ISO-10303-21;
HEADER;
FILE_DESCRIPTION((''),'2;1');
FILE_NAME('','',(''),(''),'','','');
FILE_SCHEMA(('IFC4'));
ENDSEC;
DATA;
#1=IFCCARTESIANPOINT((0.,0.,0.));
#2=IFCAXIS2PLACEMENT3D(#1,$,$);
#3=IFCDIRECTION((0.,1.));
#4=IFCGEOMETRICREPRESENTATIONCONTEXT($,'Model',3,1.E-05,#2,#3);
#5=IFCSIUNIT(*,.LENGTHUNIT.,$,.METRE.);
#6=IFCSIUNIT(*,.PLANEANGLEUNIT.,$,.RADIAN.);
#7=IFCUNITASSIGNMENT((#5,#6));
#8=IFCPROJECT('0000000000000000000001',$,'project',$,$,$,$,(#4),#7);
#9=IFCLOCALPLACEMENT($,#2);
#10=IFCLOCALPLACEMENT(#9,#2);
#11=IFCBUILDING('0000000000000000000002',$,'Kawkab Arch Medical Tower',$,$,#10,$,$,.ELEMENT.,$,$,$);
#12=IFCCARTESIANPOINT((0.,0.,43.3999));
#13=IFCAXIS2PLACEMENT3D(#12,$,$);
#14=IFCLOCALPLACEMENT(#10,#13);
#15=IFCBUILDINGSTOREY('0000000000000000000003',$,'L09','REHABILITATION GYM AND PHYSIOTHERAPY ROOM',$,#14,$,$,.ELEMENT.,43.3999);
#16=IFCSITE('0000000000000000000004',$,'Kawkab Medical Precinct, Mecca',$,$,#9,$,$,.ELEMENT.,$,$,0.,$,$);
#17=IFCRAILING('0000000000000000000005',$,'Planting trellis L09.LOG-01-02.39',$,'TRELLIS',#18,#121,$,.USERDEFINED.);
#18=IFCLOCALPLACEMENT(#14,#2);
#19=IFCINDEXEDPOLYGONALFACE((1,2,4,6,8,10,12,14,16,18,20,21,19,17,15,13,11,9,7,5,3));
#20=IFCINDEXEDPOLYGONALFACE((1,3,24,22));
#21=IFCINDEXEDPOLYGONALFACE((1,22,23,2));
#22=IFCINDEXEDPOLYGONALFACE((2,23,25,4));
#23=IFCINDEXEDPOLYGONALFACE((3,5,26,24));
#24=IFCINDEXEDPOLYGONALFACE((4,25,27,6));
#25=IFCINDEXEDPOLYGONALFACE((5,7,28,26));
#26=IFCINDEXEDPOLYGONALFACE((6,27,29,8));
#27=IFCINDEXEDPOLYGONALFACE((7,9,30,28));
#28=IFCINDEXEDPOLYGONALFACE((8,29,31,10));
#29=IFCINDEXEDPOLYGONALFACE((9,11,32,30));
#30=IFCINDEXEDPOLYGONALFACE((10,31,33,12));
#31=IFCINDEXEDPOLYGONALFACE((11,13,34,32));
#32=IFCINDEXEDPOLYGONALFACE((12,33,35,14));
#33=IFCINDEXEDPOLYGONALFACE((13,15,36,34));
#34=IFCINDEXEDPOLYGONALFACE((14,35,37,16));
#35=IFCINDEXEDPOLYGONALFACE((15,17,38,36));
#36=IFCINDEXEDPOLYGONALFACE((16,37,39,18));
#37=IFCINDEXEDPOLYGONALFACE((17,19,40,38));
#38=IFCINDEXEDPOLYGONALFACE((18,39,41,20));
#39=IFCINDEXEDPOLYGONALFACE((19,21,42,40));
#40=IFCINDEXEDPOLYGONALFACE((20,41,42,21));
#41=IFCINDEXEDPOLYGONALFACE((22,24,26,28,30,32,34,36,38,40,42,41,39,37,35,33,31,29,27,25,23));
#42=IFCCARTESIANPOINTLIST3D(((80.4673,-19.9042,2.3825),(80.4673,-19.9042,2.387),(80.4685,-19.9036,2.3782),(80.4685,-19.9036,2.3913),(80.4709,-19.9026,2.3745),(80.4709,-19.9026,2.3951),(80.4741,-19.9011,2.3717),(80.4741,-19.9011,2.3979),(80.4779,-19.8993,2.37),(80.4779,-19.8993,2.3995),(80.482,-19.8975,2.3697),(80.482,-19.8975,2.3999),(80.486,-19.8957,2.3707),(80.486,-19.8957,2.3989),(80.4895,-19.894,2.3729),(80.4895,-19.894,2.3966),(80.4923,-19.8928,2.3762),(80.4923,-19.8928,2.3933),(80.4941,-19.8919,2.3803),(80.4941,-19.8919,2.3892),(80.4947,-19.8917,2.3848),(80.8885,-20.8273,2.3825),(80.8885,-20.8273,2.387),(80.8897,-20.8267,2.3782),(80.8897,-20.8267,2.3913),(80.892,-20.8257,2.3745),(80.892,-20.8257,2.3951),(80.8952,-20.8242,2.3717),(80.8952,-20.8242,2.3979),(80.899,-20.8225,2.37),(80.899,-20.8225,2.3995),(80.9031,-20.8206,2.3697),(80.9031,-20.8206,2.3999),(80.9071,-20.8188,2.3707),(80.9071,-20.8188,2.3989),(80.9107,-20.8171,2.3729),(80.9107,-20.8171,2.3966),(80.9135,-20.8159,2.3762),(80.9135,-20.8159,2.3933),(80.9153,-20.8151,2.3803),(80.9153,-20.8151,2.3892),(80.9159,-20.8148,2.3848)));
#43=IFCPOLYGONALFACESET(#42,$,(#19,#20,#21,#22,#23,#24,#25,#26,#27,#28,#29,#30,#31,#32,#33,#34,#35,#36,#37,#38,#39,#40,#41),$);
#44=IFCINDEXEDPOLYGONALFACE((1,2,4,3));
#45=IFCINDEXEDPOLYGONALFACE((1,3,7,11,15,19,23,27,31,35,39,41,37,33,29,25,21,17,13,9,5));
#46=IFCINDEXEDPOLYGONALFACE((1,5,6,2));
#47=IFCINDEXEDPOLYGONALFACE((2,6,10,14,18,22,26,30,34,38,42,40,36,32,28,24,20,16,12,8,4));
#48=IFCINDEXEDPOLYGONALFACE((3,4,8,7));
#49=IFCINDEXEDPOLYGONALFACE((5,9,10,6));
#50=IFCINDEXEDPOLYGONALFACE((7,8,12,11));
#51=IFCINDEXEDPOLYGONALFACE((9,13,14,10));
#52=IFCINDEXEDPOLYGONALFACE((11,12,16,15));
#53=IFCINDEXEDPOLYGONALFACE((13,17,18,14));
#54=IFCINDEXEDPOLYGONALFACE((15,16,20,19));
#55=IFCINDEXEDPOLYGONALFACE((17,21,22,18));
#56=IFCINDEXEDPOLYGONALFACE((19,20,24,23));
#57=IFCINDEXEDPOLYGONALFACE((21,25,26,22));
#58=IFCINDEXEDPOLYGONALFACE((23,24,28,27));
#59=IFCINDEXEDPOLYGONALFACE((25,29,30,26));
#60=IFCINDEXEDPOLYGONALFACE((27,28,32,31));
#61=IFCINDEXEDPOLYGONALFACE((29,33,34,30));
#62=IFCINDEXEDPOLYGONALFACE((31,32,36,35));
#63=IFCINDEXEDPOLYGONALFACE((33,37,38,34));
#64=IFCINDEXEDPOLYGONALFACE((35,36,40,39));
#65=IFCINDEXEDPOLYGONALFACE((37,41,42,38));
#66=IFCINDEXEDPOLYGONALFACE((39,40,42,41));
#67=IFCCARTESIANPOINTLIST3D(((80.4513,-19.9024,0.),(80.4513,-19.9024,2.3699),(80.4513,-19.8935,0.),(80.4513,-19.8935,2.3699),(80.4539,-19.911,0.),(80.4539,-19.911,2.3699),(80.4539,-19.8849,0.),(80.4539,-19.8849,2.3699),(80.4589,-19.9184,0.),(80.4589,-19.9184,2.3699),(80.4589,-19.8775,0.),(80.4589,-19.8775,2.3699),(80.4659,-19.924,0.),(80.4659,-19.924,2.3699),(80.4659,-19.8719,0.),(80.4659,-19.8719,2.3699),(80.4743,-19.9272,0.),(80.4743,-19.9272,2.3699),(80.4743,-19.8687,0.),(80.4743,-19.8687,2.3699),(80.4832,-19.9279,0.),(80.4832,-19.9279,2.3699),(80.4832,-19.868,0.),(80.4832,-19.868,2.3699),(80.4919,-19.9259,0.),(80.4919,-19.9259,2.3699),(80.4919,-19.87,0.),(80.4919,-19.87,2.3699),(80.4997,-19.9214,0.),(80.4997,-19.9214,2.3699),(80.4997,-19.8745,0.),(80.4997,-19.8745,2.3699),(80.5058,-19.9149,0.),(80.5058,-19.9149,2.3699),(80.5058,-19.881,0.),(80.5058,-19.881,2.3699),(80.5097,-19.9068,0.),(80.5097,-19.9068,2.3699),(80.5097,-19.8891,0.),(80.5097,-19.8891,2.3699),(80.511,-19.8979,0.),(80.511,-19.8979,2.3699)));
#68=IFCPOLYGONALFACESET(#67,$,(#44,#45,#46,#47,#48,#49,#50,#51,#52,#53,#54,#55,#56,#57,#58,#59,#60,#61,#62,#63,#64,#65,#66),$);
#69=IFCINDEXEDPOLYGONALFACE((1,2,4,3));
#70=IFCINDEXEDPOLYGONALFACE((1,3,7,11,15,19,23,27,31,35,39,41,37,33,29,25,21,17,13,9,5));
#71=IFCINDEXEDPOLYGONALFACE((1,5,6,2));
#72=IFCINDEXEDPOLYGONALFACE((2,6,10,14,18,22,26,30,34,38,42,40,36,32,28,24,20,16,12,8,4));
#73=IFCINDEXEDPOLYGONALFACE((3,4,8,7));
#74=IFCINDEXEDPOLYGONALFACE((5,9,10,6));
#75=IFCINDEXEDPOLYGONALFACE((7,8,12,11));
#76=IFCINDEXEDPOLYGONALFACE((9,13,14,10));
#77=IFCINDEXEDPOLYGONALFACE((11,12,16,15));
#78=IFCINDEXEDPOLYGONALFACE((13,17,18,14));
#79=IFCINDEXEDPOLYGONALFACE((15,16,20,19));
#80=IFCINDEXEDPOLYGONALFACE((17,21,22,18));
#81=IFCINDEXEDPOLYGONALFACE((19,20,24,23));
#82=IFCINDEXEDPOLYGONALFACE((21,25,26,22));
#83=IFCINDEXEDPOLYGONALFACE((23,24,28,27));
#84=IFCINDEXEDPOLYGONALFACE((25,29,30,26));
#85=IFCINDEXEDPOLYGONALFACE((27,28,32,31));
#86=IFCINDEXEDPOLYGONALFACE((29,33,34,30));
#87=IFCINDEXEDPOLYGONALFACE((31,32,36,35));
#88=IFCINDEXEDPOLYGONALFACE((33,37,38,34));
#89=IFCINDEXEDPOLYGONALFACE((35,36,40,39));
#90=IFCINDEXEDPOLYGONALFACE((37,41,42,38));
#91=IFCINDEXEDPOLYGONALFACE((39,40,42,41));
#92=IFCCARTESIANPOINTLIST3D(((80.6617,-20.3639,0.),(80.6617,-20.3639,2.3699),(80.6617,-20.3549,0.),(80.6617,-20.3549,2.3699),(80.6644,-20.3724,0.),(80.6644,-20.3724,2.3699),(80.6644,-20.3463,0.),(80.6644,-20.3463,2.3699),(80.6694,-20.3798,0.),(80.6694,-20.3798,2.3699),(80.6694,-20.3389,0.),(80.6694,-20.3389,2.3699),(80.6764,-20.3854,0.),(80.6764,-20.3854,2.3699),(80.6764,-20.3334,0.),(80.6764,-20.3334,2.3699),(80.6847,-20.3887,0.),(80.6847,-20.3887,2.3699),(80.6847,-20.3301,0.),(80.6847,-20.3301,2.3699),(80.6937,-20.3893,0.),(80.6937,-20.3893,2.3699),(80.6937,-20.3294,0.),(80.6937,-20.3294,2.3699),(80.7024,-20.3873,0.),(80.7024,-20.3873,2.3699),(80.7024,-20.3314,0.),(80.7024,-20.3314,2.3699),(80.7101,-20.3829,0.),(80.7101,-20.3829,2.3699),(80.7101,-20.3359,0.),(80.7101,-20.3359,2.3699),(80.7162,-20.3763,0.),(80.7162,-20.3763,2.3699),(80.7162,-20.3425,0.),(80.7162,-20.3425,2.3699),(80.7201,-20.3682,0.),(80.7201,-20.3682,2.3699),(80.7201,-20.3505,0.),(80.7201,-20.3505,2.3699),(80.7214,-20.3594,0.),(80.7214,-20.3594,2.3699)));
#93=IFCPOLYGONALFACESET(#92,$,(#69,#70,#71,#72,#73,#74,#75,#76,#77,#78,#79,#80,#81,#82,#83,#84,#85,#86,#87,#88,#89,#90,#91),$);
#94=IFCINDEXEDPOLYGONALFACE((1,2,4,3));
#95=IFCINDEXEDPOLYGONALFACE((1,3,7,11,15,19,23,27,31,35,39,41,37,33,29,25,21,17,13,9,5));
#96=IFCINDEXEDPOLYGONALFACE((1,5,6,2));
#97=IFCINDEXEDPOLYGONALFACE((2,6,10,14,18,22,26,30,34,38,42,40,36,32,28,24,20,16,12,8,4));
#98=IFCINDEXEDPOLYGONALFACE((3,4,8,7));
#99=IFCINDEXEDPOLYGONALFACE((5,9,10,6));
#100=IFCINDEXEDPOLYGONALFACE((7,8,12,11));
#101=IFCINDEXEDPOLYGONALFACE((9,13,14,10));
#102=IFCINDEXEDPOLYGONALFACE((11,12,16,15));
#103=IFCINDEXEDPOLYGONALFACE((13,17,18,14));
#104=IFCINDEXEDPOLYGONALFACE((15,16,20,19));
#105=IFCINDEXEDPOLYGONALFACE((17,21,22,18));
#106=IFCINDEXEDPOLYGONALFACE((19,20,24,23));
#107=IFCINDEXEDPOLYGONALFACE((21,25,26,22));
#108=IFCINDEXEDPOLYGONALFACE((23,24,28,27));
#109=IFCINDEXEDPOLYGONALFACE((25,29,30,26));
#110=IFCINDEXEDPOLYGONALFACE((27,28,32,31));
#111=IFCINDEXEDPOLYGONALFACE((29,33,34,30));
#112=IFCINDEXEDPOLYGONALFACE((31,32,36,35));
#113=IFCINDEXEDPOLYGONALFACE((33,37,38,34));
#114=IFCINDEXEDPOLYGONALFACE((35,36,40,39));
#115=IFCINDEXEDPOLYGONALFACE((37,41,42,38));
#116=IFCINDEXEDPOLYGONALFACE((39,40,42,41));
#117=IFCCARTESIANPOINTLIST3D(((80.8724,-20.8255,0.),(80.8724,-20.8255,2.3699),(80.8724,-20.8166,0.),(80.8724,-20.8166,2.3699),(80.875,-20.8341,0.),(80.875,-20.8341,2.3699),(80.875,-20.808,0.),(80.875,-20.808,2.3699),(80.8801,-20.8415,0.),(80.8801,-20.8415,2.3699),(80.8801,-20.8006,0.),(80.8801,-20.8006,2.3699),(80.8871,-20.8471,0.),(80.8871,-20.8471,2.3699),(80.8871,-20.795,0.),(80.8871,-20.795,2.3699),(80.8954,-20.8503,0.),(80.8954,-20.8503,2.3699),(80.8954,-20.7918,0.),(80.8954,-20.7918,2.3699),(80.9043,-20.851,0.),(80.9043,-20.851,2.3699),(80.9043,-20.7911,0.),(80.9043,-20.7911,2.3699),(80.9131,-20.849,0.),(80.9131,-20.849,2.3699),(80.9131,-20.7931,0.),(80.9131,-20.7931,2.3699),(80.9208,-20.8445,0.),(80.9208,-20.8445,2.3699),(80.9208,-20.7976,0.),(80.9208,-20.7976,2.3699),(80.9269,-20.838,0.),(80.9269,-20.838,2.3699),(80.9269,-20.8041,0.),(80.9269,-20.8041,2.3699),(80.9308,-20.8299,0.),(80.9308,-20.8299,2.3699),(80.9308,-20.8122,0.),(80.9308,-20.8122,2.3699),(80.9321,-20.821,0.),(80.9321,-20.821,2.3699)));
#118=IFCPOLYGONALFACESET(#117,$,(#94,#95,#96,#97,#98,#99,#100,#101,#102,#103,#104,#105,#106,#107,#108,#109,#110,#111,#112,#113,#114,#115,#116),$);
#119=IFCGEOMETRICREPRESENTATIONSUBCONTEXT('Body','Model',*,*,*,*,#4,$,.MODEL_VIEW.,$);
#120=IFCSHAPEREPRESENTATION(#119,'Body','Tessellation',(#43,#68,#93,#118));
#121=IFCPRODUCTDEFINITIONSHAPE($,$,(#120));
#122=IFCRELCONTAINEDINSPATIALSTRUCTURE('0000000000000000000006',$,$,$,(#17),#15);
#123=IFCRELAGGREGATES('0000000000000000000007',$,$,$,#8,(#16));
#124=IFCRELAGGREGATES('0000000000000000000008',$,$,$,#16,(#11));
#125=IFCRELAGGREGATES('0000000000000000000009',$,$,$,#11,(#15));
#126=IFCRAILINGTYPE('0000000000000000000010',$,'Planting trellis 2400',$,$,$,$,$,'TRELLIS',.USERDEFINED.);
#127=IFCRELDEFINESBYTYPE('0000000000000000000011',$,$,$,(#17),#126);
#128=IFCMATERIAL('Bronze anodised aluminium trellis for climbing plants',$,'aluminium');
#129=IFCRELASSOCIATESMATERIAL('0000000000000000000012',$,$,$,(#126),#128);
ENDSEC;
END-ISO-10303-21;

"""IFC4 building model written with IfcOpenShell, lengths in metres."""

from ifc_helpers import new_model, si_unit, direction, frame, origin, origin_2d, place, context, subcontext, project, spatial, circle, extrude, material, type_object, element, save


model = new_model("IFC4")

# Units and contexts
model_context = context("Model", 3, precision=1e-05, world=origin(), true_north=direction((0.0, 1.0)))
body_context = subcontext(model_context, "Body", "Model", "MODEL_VIEW")
ifc_project = project(units=[si_unit("LENGTHUNIT", "METRE"), si_unit("PLANEANGLEUNIT", "RADIAN")], contexts=[model_context])

# Site, building, storey
site_placement = place(None, origin())
site = spatial("IfcSite", under=ifc_project, at=site_placement, Name="Kawkab Medical Precinct, Mecca", CompositionType="ELEMENT", RefElevation=0.0)
building_placement = place(site_placement, origin())
building = spatial("IfcBuilding", under=site, at=building_placement, Name="Kawkab Arch Medical Tower", CompositionType="ELEMENT")
storey_placement = place(building_placement, frame((0.0, 0.0, 43.3999)))
storey = spatial("IfcBuildingStorey", under=building, at=storey_placement, Name="L09", Description="REHABILITATION GYM AND PHYSIOTHERAPY ROOM", CompositionType="ELEMENT", Elevation=43.3999)

# Railing
ifc_material_1 = material(Name="Bronze anodised aluminium trellis for climbing plants", Category="aluminium")
railing_type_1 = type_object("IfcRailingType", Name="Planting trellis 2400", ElementType="TRELLIS", PredefinedType="USERDEFINED", material=ifc_material_1)
railing_1_placement = place(storey_placement, frame((80.481, -19.8979, 0.0)))
element("IfcRailing", 1, at=railing_1_placement, inside=storey, type_object=railing_type_1, Name="Planting trellis L09.LOG-01-02.39", ObjectType="TRELLIS", PredefinedType="USERDEFINED", context=body_context, shape_type="SweptSolid", body=[
    extrude(circle(Radius=0.0151, at=origin_2d()), frame((0.0, 0.0, 2.3848), z_axis=(0.415072, -0.909789, 0.0), x_axis=(0.909789, 0.415072, 0.0)), (0.0, 0.0, 1.0), 1.0146),
    extrude(circle(Radius=0.03, at=origin_2d()), origin(), (0.0, 0.0, 1.0), 2.3699),
    extrude(circle(Radius=0.03, at=origin_2d()), frame((0.2104, -0.4614, 0.0)), (0.0, 0.0, 1.0), 2.3699),
    extrude(circle(Radius=0.03, at=origin_2d()), frame((0.4211, -0.9231, 0.0)), (0.0, 0.0, 1.0), 2.3699),
])

save(model, "model.ifc")
